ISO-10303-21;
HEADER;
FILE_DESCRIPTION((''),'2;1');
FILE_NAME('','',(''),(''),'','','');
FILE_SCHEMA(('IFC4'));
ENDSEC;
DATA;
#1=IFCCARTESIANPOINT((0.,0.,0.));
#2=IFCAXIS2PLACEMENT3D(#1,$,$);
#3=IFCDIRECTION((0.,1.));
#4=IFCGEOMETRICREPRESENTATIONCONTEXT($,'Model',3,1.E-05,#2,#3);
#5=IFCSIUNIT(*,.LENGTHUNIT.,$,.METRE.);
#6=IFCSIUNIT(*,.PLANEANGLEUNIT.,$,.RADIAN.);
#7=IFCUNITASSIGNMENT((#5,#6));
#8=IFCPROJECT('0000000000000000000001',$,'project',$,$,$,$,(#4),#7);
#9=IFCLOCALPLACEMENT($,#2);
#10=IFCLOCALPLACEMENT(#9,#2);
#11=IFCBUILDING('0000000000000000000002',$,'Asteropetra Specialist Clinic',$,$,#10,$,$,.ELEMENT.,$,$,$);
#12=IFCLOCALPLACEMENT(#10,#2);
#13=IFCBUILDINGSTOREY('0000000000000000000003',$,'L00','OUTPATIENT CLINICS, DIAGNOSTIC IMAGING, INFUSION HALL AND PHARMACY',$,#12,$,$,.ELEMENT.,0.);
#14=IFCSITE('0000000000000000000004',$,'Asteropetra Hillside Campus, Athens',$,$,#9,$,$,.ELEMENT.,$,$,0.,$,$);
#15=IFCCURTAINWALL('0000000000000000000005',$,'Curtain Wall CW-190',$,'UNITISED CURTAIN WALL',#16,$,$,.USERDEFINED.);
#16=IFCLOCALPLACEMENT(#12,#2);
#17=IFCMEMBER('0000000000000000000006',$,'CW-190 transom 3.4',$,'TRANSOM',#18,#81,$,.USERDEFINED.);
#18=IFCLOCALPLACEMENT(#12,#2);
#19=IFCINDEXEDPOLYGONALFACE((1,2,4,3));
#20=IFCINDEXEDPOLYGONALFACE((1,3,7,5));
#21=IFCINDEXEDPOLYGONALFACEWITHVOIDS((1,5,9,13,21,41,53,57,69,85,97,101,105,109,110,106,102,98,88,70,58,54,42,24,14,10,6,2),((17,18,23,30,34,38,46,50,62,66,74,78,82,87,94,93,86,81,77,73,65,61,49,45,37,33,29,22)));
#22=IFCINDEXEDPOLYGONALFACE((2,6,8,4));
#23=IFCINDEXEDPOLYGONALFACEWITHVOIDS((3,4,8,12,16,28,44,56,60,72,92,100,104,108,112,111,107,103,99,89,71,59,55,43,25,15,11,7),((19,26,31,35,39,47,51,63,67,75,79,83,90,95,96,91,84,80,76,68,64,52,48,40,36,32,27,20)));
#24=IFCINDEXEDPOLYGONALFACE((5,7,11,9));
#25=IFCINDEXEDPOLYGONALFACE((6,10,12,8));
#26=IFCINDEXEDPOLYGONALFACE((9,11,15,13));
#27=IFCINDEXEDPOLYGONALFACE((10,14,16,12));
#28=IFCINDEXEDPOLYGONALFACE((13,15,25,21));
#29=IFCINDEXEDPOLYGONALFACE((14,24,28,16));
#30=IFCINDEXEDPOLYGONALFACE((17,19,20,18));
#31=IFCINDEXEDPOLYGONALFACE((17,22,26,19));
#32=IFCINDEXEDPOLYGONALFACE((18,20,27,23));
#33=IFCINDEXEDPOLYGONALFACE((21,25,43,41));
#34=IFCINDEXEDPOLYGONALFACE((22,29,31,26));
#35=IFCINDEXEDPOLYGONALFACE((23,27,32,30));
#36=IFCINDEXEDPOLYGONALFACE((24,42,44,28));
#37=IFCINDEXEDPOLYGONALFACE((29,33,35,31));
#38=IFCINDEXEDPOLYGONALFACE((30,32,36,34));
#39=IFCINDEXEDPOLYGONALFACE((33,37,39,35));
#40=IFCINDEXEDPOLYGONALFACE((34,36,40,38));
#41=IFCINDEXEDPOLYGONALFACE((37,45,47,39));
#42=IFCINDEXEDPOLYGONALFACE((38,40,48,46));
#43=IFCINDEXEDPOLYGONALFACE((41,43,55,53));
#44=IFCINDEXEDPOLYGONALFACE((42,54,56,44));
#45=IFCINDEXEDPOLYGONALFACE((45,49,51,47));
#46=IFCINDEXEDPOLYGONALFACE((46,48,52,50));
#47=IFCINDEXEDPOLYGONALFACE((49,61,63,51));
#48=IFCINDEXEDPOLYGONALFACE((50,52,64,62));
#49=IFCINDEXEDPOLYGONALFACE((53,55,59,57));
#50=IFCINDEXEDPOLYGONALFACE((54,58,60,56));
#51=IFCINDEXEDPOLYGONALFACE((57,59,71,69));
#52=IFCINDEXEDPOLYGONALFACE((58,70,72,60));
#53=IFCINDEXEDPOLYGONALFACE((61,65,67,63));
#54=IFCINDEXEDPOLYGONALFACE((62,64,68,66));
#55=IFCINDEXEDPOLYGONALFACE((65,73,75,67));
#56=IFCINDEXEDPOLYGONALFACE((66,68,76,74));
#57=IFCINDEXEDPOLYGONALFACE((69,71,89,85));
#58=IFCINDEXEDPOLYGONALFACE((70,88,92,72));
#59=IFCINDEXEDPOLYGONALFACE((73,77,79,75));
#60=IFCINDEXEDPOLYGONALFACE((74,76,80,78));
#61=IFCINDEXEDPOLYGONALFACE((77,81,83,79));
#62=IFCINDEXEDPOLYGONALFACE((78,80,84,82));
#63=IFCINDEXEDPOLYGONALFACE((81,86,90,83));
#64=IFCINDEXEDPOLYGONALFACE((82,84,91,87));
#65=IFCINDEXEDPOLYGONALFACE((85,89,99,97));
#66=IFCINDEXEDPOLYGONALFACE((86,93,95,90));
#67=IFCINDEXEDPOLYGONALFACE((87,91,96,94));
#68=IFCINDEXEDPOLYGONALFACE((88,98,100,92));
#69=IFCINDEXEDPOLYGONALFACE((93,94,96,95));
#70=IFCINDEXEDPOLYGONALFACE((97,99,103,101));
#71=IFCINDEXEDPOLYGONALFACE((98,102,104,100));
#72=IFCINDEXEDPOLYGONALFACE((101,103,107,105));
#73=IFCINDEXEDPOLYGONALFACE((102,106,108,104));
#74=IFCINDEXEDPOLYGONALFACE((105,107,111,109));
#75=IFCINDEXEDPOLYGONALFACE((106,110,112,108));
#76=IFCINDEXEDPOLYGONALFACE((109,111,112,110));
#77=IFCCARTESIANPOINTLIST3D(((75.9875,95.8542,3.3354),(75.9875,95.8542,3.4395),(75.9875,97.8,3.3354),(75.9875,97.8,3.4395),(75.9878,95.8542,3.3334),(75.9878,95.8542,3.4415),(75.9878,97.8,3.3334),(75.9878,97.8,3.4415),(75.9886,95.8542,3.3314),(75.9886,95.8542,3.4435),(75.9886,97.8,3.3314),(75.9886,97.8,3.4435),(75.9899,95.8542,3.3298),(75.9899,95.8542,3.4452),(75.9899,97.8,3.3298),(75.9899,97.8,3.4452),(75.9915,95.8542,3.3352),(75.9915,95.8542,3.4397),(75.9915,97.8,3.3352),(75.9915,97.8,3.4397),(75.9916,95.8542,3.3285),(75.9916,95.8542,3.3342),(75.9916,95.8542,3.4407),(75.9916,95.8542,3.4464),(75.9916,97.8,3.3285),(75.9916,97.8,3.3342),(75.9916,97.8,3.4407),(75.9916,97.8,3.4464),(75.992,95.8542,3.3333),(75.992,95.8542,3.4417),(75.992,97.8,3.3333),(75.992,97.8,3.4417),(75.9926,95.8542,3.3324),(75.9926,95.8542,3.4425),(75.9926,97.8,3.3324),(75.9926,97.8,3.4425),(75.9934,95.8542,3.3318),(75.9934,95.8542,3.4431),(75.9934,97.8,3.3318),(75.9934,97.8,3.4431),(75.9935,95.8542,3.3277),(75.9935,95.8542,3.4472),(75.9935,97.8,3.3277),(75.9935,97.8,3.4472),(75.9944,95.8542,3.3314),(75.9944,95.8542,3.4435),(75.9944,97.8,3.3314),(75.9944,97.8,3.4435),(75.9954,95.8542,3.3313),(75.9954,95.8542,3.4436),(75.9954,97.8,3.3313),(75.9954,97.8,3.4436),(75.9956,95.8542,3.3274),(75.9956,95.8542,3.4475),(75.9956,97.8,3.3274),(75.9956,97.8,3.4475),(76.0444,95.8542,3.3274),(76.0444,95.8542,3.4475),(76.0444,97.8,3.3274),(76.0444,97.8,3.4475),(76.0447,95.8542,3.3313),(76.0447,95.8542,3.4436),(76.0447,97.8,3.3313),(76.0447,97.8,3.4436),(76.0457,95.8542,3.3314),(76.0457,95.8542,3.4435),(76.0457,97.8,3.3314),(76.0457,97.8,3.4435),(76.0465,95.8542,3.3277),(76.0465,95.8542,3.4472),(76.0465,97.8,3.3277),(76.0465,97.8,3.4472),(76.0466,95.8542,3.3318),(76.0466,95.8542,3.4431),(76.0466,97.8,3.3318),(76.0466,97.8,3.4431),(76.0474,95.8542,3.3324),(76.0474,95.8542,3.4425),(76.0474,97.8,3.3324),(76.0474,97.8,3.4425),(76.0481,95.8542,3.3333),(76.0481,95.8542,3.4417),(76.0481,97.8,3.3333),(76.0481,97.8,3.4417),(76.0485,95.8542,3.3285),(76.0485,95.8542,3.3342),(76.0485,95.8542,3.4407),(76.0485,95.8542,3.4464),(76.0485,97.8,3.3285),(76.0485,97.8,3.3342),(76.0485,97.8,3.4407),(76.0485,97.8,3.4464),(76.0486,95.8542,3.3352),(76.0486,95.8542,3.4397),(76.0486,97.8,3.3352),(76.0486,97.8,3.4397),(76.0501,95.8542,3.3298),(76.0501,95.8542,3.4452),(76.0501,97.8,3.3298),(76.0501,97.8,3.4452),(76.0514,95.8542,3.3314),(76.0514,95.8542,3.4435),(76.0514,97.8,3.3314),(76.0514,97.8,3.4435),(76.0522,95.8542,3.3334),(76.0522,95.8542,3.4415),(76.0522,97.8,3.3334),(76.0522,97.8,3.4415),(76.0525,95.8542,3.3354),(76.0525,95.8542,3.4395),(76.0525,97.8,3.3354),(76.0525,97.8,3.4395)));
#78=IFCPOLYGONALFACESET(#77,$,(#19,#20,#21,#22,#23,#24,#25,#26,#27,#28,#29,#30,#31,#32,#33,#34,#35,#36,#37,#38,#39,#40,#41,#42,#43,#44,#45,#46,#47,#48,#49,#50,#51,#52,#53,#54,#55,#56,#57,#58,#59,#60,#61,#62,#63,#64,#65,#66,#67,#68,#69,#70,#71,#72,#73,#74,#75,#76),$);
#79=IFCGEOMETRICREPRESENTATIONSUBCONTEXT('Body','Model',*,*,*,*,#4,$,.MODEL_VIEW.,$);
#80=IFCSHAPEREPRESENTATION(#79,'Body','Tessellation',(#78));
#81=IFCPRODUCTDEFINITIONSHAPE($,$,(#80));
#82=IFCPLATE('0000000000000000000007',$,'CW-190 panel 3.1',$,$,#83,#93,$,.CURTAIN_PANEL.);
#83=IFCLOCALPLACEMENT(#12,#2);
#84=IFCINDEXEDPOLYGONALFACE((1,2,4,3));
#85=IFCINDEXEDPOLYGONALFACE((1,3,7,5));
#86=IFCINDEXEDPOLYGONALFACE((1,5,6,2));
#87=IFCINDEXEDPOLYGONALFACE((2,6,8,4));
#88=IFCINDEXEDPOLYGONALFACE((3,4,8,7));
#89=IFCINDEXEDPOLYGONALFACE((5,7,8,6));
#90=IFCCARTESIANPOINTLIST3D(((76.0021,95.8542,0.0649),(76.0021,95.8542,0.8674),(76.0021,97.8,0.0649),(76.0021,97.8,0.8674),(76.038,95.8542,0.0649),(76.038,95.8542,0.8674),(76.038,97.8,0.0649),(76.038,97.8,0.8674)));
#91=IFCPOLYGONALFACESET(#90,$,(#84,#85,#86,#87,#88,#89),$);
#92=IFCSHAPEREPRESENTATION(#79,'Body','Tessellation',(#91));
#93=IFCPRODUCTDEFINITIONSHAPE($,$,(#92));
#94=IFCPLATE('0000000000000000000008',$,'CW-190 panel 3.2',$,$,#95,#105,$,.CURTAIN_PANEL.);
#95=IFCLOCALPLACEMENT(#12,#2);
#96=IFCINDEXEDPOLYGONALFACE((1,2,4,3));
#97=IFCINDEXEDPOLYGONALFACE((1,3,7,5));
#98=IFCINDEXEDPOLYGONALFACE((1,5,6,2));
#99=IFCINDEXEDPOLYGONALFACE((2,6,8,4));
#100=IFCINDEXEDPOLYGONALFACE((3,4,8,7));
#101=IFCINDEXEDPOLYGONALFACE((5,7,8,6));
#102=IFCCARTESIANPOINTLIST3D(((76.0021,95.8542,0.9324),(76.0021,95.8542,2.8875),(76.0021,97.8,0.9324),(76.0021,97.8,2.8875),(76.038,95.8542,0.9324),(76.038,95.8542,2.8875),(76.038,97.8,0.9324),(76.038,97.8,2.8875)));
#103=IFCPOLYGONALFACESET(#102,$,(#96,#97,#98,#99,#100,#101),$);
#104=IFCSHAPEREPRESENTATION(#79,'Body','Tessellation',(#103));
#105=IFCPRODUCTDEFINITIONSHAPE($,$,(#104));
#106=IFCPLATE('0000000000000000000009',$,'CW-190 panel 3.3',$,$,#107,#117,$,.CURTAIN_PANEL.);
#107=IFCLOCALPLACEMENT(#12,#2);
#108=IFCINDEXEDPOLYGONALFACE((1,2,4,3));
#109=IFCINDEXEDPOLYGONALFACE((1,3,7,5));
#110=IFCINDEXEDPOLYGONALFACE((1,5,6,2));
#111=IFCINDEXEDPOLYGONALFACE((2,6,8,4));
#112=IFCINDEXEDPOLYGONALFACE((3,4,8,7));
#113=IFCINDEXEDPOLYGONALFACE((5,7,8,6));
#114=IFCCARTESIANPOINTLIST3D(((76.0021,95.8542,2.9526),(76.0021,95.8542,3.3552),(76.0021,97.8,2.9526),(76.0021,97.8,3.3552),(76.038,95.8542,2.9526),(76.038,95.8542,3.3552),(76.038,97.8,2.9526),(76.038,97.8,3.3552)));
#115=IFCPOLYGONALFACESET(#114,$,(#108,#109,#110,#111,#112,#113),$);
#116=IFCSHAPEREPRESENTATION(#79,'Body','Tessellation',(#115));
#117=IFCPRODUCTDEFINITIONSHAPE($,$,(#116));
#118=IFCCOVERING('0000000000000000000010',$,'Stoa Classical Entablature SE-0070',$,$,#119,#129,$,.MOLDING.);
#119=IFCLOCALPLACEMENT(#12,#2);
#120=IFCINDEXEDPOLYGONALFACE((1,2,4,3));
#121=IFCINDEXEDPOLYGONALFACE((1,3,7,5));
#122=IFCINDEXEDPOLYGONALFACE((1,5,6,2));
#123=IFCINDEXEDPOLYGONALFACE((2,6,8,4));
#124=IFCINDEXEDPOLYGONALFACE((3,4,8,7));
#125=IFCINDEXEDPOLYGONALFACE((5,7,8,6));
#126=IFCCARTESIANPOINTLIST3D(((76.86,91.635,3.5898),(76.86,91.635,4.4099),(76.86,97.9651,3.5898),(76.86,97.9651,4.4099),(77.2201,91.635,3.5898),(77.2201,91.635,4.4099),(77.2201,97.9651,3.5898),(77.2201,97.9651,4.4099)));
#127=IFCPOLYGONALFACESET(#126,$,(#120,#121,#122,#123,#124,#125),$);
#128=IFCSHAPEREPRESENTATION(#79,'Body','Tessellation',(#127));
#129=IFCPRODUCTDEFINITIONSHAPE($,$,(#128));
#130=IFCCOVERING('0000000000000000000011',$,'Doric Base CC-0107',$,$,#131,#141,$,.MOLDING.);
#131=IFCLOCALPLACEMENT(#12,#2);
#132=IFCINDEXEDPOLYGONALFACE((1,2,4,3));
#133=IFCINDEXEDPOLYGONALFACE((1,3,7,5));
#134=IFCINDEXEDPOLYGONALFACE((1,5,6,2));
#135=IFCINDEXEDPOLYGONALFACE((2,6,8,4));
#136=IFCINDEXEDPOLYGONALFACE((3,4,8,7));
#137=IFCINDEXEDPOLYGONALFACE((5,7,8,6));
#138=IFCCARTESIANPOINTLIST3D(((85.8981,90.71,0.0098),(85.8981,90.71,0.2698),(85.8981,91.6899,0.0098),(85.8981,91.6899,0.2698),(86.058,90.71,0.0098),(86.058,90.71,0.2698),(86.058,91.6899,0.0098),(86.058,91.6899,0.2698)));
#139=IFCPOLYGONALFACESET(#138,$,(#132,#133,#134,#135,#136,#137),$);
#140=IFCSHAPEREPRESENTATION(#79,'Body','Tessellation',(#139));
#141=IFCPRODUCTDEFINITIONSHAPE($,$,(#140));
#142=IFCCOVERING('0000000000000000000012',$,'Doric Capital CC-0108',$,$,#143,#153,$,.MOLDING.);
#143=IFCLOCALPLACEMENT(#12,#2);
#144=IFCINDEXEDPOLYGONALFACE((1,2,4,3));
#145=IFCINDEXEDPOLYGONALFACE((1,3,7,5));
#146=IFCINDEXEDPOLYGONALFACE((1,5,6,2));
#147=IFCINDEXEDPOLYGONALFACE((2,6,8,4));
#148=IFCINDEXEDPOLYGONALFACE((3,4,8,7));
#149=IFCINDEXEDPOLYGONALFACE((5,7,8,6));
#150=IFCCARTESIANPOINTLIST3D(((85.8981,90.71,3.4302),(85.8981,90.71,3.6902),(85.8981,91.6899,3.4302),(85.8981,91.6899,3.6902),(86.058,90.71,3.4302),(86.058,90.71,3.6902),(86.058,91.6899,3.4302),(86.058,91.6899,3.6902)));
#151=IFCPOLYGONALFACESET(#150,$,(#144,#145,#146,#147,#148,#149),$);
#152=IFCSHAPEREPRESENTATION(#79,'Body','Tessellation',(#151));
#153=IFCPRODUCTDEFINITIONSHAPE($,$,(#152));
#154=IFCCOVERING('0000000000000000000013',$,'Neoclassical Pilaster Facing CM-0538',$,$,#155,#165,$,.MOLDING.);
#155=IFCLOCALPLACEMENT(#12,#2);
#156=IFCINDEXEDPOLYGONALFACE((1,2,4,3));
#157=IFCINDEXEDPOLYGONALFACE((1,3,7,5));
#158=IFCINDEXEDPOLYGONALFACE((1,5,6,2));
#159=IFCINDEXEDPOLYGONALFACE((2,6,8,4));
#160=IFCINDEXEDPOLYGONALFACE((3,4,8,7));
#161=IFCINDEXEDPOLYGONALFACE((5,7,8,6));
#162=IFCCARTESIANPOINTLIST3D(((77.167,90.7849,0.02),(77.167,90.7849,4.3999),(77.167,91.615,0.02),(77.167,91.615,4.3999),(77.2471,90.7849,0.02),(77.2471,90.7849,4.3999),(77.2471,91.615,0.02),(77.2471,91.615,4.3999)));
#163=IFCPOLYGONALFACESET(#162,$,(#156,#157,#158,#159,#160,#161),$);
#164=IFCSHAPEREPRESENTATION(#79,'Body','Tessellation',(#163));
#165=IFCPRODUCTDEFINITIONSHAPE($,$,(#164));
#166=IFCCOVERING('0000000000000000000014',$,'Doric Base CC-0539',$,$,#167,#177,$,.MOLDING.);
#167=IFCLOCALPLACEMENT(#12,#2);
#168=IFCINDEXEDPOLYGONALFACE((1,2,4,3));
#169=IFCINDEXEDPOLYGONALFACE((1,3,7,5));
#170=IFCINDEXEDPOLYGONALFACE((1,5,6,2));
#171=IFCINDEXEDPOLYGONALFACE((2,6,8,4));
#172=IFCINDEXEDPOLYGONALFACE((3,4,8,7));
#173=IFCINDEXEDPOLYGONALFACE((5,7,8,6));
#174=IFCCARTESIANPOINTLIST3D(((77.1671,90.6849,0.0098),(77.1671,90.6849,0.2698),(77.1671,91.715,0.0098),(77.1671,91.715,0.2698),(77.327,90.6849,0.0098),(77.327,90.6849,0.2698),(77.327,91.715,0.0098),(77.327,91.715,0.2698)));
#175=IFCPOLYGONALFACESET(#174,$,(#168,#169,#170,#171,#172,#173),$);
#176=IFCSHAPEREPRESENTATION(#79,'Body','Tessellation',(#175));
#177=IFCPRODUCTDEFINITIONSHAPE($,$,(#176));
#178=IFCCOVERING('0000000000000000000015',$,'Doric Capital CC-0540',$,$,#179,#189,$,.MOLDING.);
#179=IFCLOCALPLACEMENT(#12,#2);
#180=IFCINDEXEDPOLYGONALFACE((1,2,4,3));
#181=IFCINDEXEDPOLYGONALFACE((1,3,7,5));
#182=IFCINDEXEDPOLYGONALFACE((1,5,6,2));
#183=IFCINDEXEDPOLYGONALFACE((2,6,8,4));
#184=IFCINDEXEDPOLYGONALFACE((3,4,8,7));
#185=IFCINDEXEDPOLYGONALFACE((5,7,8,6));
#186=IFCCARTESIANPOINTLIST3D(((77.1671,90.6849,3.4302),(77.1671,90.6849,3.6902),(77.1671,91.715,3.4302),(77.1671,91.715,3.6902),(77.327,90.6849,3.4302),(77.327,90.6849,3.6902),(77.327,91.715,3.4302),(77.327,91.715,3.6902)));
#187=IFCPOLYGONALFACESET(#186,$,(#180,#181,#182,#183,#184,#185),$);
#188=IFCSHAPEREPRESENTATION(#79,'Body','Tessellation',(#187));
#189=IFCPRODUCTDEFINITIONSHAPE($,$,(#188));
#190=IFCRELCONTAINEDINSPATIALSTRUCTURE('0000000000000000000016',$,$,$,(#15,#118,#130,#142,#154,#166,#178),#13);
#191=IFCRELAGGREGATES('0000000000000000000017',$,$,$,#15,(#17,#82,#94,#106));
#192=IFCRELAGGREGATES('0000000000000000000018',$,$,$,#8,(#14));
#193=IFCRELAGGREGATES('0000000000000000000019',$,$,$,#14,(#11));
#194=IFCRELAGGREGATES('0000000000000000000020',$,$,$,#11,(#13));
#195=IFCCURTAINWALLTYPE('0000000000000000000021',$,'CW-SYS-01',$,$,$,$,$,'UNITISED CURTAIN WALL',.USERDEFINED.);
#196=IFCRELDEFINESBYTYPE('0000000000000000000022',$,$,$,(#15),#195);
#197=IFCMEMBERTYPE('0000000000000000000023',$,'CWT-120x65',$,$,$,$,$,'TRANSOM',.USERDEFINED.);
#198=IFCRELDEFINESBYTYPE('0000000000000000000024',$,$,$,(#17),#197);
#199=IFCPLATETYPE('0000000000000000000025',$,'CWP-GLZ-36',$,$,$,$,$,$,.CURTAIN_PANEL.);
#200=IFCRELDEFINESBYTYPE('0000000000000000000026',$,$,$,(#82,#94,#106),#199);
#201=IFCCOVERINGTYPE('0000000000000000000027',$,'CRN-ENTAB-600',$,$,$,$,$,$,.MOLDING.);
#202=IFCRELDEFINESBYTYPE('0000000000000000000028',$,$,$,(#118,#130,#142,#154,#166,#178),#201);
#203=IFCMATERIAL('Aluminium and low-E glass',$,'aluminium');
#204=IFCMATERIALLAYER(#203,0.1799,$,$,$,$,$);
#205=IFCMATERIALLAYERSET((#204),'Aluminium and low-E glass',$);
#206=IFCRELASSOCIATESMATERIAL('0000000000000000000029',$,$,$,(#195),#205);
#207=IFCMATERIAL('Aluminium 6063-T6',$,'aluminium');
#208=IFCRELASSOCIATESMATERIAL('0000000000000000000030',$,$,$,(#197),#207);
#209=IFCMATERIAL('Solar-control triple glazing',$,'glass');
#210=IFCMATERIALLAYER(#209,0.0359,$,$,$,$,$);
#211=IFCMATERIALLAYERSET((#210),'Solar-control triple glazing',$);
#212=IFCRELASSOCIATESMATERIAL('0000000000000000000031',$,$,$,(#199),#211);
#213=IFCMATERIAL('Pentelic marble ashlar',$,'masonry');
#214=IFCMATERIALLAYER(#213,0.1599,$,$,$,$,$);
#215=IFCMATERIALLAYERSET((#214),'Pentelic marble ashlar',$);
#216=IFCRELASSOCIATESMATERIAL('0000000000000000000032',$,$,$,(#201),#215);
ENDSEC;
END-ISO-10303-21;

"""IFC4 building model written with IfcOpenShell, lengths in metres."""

from ifc_helpers import new_model, si_unit, direction, frame, origin, origin_2d, place, context, subcontext, project, spatial, rectangle, hollow_rectangle, extrude, material, layer, layer_set, material_profile, profile_set, type_object, element, aggregate, save


model = new_model("IFC4")

# Units and contexts
model_context = context("Model", 3, precision=1e-05, world=origin(), true_north=direction((0.0, 1.0)))
body_context = subcontext(model_context, "Body", "Model", "MODEL_VIEW")
ifc_project = project(units=[si_unit("LENGTHUNIT", "METRE"), si_unit("PLANEANGLEUNIT", "RADIAN")], contexts=[model_context])

# Site, building, storey
site_placement = place(None, origin())
site = spatial("IfcSite", under=ifc_project, at=site_placement, Name="Asteropetra Hillside Campus, Athens", CompositionType="ELEMENT", RefElevation=0.0)
building_placement = place(site_placement, origin())
building = spatial("IfcBuilding", under=site, at=building_placement, Name="Asteropetra Specialist Clinic", CompositionType="ELEMENT")
storey_placement = place(building_placement, origin())
storey = spatial("IfcBuildingStorey", under=building, at=storey_placement, Name="L00", Description="OUTPATIENT CLINICS, DIAGNOSTIC IMAGING, INFUSION HALL AND PHARMACY", CompositionType="ELEMENT", Elevation=0.0)

# Curtain wall, member, plates
ifc_material_1 = material(Name="Aluminium and low-E glass", Category="aluminium")
ifc_layer_1 = layer(ifc_material_1, 0.1799)
ifc_layer_set_1 = layer_set([ifc_layer_1], Name="Aluminium and low-E glass")
curtain_wall_type = type_object("IfcCurtainWallType", Name="CW-SYS-01", ElementType="UNITISED CURTAIN WALL", PredefinedType="USERDEFINED", material=ifc_layer_set_1)
curtain_wall_placement = place(storey_placement, origin())
curtain_wall = element("IfcCurtainWall", 1, at=curtain_wall_placement, inside=storey, type_object=curtain_wall_type, Name="Curtain Wall CW-190", ObjectType="UNITISED CURTAIN WALL", PredefinedType="USERDEFINED")
ifc_material_2 = material(Name="Aluminium 6063-T6", Category="aluminium")
ifc_material_profile_1 = material_profile(ifc_material_2, hollow_rectangle(XDim=0.0649, YDim=0.1201, WallThickness=0.0039, InnerFilletRadius=0.0039, OuterFilletRadius=0.0081, at=origin_2d()), Name="TRN 120x65x4.0")
ifc_profile_set_1 = profile_set([ifc_material_profile_1], Name="Aluminium 6063-T6")
member_type = type_object("IfcMemberType", Name="CWT-120x65", ElementType="TRANSOM", PredefinedType="USERDEFINED", material=ifc_profile_set_1)
member_1_placement = place(storey_placement, frame((76.02, 95.8542, 3.3875), z_axis=(0.0, 1.0, 0.0), x_axis=(-1.0, 0.0, 0.0)))
member_1 = element("IfcMember", 2, at=member_1_placement, type_object=member_type, Name="CW-190 transom 3.4", ObjectType="TRANSOM", PredefinedType="USERDEFINED", context=body_context, shape_type="SweptSolid", body=[
    extrude(hollow_rectangle(XDim=0.0649, YDim=0.1201, WallThickness=0.0039, InnerFilletRadius=0.0039, OuterFilletRadius=0.0081, at=origin_2d()), origin(), (0.0, 0.0, 1.0), 1.9458),
])
ifc_material_3 = material(Name="Solar-control triple glazing", Category="glass")
ifc_layer_2 = layer(ifc_material_3, 0.0359)
ifc_layer_set_2 = layer_set([ifc_layer_2], Name="Solar-control triple glazing")
plate_type = type_object("IfcPlateType", Name="CWP-GLZ-36", PredefinedType="CURTAIN_PANEL", material=ifc_layer_set_2)
plate_1_placement = place(storey_placement, frame((76.02, 96.8271, 0.0649), z_axis=(0.0, 0.0, 1.0), x_axis=(0.0, 1.0, 0.0)))
plate_1 = element("IfcPlate", 3, at=plate_1_placement, type_object=plate_type, Name="CW-190 panel 3.1", PredefinedType="CURTAIN_PANEL", context=body_context, shape_type="SweptSolid", body=[
    extrude(rectangle(XDim=1.9458, YDim=0.0359, at=origin_2d()), origin(), (0.0, 0.0, 1.0), 0.8025),
])
plate_2_placement = place(storey_placement, frame((76.02, 96.8271, 0.9324), z_axis=(0.0, 0.0, 1.0), x_axis=(0.0, 1.0, 0.0)))
plate_2 = element("IfcPlate", 4, at=plate_2_placement, type_object=plate_type, Name="CW-190 panel 3.2", PredefinedType="CURTAIN_PANEL", context=body_context, shape_type="SweptSolid", body=[
    extrude(rectangle(XDim=1.9458, YDim=0.0359, at=origin_2d()), origin(), (0.0, 0.0, 1.0), 1.9551),
])
plate_3_placement = place(storey_placement, frame((76.02, 96.8271, 2.9526), z_axis=(0.0, 0.0, 1.0), x_axis=(0.0, 1.0, 0.0)))
plate_3 = element("IfcPlate", 5, at=plate_3_placement, type_object=plate_type, Name="CW-190 panel 3.3", PredefinedType="CURTAIN_PANEL", context=body_context, shape_type="SweptSolid", body=[
    extrude(rectangle(XDim=1.9458, YDim=0.0359, at=origin_2d()), origin(), (0.0, 0.0, 1.0), 0.4026),
])
aggregate(curtain_wall, [member_1, plate_1, plate_2, plate_3])

# Coverings
ifc_material_4 = material(Name="Pentelic marble ashlar", Category="masonry")
ifc_layer_3 = layer(ifc_material_4, 0.1599)
ifc_layer_set_3 = layer_set([ifc_layer_3], Name="Pentelic marble ashlar")
covering_type = type_object("IfcCoveringType", Name="CRN-ENTAB-600", PredefinedType="MOLDING", material=ifc_layer_set_3)
covering_1_placement = place(storey_placement, frame((77.04, 94.8, 3.5898), z_axis=(0.0, 0.0, 1.0), x_axis=(1.0, 0.0, 0.0)))
element("IfcCovering", 6, at=covering_1_placement, inside=storey, type_object=covering_type, Name="Stoa Classical Entablature SE-0070", PredefinedType="MOLDING", context=body_context, shape_type="SweptSolid", body=[
    extrude(rectangle(XDim=0.3601, YDim=6.3301, at=origin_2d()), origin(), (0.0, 0.0, 1.0), 0.8201),
])
for number, where, z_axis, x_axis, name in (
    (7, (85.978, 91.2, 0.0098), (0.0, 0.0, 1.0), (1.0, 0.0, 0.0), "Doric Base CC-0107"),
    (8, (85.978, 91.2, 3.4302), (0.0, 0.0, 1.0), (1.0, 0.0, 0.0), "Doric Capital CC-0108"),
):
    element("IfcCovering", number, at=place(storey_placement, frame(where, z_axis=z_axis, x_axis=x_axis)), inside=storey, type_object=covering_type, Name=name, PredefinedType="MOLDING", context=body_context, shape_type="SweptSolid", body=[
        extrude(rectangle(XDim=0.1599, YDim=0.98, at=origin_2d()), origin(), (0.0, 0.0, 1.0), 0.26),
    ])
covering_2_placement = place(storey_placement, frame((77.207, 91.2, 0.02), z_axis=(0.0, 0.0, 1.0), x_axis=(1.0, 0.0, 0.0)))
element("IfcCovering", 9, at=covering_2_placement, inside=storey, type_object=covering_type, Name="Neoclassical Pilaster Facing CM-0538", PredefinedType="MOLDING", context=body_context, shape_type="SweptSolid", body=[
    extrude(rectangle(XDim=0.0801, YDim=0.8301, at=origin_2d()), origin(), (0.0, 0.0, 1.0), 4.3799),
])
for number, where, z_axis, x_axis, name in (
    (10, (77.2471, 91.2, 0.0098), (0.0, 0.0, 1.0), (1.0, 0.0, 0.0), "Doric Base CC-0539"),
    (11, (77.2471, 91.2, 3.4302), (0.0, 0.0, 1.0), (1.0, 0.0, 0.0), "Doric Capital CC-0540"),
):
    element("IfcCovering", number, at=place(storey_placement, frame(where, z_axis=z_axis, x_axis=x_axis)), inside=storey, type_object=covering_type, Name=name, PredefinedType="MOLDING", context=body_context, shape_type="SweptSolid", body=[
        extrude(rectangle(XDim=0.1599, YDim=1.03, at=origin_2d()), origin(), (0.0, 0.0, 1.0), 0.26),
    ])

save(model, "model.ifc")
